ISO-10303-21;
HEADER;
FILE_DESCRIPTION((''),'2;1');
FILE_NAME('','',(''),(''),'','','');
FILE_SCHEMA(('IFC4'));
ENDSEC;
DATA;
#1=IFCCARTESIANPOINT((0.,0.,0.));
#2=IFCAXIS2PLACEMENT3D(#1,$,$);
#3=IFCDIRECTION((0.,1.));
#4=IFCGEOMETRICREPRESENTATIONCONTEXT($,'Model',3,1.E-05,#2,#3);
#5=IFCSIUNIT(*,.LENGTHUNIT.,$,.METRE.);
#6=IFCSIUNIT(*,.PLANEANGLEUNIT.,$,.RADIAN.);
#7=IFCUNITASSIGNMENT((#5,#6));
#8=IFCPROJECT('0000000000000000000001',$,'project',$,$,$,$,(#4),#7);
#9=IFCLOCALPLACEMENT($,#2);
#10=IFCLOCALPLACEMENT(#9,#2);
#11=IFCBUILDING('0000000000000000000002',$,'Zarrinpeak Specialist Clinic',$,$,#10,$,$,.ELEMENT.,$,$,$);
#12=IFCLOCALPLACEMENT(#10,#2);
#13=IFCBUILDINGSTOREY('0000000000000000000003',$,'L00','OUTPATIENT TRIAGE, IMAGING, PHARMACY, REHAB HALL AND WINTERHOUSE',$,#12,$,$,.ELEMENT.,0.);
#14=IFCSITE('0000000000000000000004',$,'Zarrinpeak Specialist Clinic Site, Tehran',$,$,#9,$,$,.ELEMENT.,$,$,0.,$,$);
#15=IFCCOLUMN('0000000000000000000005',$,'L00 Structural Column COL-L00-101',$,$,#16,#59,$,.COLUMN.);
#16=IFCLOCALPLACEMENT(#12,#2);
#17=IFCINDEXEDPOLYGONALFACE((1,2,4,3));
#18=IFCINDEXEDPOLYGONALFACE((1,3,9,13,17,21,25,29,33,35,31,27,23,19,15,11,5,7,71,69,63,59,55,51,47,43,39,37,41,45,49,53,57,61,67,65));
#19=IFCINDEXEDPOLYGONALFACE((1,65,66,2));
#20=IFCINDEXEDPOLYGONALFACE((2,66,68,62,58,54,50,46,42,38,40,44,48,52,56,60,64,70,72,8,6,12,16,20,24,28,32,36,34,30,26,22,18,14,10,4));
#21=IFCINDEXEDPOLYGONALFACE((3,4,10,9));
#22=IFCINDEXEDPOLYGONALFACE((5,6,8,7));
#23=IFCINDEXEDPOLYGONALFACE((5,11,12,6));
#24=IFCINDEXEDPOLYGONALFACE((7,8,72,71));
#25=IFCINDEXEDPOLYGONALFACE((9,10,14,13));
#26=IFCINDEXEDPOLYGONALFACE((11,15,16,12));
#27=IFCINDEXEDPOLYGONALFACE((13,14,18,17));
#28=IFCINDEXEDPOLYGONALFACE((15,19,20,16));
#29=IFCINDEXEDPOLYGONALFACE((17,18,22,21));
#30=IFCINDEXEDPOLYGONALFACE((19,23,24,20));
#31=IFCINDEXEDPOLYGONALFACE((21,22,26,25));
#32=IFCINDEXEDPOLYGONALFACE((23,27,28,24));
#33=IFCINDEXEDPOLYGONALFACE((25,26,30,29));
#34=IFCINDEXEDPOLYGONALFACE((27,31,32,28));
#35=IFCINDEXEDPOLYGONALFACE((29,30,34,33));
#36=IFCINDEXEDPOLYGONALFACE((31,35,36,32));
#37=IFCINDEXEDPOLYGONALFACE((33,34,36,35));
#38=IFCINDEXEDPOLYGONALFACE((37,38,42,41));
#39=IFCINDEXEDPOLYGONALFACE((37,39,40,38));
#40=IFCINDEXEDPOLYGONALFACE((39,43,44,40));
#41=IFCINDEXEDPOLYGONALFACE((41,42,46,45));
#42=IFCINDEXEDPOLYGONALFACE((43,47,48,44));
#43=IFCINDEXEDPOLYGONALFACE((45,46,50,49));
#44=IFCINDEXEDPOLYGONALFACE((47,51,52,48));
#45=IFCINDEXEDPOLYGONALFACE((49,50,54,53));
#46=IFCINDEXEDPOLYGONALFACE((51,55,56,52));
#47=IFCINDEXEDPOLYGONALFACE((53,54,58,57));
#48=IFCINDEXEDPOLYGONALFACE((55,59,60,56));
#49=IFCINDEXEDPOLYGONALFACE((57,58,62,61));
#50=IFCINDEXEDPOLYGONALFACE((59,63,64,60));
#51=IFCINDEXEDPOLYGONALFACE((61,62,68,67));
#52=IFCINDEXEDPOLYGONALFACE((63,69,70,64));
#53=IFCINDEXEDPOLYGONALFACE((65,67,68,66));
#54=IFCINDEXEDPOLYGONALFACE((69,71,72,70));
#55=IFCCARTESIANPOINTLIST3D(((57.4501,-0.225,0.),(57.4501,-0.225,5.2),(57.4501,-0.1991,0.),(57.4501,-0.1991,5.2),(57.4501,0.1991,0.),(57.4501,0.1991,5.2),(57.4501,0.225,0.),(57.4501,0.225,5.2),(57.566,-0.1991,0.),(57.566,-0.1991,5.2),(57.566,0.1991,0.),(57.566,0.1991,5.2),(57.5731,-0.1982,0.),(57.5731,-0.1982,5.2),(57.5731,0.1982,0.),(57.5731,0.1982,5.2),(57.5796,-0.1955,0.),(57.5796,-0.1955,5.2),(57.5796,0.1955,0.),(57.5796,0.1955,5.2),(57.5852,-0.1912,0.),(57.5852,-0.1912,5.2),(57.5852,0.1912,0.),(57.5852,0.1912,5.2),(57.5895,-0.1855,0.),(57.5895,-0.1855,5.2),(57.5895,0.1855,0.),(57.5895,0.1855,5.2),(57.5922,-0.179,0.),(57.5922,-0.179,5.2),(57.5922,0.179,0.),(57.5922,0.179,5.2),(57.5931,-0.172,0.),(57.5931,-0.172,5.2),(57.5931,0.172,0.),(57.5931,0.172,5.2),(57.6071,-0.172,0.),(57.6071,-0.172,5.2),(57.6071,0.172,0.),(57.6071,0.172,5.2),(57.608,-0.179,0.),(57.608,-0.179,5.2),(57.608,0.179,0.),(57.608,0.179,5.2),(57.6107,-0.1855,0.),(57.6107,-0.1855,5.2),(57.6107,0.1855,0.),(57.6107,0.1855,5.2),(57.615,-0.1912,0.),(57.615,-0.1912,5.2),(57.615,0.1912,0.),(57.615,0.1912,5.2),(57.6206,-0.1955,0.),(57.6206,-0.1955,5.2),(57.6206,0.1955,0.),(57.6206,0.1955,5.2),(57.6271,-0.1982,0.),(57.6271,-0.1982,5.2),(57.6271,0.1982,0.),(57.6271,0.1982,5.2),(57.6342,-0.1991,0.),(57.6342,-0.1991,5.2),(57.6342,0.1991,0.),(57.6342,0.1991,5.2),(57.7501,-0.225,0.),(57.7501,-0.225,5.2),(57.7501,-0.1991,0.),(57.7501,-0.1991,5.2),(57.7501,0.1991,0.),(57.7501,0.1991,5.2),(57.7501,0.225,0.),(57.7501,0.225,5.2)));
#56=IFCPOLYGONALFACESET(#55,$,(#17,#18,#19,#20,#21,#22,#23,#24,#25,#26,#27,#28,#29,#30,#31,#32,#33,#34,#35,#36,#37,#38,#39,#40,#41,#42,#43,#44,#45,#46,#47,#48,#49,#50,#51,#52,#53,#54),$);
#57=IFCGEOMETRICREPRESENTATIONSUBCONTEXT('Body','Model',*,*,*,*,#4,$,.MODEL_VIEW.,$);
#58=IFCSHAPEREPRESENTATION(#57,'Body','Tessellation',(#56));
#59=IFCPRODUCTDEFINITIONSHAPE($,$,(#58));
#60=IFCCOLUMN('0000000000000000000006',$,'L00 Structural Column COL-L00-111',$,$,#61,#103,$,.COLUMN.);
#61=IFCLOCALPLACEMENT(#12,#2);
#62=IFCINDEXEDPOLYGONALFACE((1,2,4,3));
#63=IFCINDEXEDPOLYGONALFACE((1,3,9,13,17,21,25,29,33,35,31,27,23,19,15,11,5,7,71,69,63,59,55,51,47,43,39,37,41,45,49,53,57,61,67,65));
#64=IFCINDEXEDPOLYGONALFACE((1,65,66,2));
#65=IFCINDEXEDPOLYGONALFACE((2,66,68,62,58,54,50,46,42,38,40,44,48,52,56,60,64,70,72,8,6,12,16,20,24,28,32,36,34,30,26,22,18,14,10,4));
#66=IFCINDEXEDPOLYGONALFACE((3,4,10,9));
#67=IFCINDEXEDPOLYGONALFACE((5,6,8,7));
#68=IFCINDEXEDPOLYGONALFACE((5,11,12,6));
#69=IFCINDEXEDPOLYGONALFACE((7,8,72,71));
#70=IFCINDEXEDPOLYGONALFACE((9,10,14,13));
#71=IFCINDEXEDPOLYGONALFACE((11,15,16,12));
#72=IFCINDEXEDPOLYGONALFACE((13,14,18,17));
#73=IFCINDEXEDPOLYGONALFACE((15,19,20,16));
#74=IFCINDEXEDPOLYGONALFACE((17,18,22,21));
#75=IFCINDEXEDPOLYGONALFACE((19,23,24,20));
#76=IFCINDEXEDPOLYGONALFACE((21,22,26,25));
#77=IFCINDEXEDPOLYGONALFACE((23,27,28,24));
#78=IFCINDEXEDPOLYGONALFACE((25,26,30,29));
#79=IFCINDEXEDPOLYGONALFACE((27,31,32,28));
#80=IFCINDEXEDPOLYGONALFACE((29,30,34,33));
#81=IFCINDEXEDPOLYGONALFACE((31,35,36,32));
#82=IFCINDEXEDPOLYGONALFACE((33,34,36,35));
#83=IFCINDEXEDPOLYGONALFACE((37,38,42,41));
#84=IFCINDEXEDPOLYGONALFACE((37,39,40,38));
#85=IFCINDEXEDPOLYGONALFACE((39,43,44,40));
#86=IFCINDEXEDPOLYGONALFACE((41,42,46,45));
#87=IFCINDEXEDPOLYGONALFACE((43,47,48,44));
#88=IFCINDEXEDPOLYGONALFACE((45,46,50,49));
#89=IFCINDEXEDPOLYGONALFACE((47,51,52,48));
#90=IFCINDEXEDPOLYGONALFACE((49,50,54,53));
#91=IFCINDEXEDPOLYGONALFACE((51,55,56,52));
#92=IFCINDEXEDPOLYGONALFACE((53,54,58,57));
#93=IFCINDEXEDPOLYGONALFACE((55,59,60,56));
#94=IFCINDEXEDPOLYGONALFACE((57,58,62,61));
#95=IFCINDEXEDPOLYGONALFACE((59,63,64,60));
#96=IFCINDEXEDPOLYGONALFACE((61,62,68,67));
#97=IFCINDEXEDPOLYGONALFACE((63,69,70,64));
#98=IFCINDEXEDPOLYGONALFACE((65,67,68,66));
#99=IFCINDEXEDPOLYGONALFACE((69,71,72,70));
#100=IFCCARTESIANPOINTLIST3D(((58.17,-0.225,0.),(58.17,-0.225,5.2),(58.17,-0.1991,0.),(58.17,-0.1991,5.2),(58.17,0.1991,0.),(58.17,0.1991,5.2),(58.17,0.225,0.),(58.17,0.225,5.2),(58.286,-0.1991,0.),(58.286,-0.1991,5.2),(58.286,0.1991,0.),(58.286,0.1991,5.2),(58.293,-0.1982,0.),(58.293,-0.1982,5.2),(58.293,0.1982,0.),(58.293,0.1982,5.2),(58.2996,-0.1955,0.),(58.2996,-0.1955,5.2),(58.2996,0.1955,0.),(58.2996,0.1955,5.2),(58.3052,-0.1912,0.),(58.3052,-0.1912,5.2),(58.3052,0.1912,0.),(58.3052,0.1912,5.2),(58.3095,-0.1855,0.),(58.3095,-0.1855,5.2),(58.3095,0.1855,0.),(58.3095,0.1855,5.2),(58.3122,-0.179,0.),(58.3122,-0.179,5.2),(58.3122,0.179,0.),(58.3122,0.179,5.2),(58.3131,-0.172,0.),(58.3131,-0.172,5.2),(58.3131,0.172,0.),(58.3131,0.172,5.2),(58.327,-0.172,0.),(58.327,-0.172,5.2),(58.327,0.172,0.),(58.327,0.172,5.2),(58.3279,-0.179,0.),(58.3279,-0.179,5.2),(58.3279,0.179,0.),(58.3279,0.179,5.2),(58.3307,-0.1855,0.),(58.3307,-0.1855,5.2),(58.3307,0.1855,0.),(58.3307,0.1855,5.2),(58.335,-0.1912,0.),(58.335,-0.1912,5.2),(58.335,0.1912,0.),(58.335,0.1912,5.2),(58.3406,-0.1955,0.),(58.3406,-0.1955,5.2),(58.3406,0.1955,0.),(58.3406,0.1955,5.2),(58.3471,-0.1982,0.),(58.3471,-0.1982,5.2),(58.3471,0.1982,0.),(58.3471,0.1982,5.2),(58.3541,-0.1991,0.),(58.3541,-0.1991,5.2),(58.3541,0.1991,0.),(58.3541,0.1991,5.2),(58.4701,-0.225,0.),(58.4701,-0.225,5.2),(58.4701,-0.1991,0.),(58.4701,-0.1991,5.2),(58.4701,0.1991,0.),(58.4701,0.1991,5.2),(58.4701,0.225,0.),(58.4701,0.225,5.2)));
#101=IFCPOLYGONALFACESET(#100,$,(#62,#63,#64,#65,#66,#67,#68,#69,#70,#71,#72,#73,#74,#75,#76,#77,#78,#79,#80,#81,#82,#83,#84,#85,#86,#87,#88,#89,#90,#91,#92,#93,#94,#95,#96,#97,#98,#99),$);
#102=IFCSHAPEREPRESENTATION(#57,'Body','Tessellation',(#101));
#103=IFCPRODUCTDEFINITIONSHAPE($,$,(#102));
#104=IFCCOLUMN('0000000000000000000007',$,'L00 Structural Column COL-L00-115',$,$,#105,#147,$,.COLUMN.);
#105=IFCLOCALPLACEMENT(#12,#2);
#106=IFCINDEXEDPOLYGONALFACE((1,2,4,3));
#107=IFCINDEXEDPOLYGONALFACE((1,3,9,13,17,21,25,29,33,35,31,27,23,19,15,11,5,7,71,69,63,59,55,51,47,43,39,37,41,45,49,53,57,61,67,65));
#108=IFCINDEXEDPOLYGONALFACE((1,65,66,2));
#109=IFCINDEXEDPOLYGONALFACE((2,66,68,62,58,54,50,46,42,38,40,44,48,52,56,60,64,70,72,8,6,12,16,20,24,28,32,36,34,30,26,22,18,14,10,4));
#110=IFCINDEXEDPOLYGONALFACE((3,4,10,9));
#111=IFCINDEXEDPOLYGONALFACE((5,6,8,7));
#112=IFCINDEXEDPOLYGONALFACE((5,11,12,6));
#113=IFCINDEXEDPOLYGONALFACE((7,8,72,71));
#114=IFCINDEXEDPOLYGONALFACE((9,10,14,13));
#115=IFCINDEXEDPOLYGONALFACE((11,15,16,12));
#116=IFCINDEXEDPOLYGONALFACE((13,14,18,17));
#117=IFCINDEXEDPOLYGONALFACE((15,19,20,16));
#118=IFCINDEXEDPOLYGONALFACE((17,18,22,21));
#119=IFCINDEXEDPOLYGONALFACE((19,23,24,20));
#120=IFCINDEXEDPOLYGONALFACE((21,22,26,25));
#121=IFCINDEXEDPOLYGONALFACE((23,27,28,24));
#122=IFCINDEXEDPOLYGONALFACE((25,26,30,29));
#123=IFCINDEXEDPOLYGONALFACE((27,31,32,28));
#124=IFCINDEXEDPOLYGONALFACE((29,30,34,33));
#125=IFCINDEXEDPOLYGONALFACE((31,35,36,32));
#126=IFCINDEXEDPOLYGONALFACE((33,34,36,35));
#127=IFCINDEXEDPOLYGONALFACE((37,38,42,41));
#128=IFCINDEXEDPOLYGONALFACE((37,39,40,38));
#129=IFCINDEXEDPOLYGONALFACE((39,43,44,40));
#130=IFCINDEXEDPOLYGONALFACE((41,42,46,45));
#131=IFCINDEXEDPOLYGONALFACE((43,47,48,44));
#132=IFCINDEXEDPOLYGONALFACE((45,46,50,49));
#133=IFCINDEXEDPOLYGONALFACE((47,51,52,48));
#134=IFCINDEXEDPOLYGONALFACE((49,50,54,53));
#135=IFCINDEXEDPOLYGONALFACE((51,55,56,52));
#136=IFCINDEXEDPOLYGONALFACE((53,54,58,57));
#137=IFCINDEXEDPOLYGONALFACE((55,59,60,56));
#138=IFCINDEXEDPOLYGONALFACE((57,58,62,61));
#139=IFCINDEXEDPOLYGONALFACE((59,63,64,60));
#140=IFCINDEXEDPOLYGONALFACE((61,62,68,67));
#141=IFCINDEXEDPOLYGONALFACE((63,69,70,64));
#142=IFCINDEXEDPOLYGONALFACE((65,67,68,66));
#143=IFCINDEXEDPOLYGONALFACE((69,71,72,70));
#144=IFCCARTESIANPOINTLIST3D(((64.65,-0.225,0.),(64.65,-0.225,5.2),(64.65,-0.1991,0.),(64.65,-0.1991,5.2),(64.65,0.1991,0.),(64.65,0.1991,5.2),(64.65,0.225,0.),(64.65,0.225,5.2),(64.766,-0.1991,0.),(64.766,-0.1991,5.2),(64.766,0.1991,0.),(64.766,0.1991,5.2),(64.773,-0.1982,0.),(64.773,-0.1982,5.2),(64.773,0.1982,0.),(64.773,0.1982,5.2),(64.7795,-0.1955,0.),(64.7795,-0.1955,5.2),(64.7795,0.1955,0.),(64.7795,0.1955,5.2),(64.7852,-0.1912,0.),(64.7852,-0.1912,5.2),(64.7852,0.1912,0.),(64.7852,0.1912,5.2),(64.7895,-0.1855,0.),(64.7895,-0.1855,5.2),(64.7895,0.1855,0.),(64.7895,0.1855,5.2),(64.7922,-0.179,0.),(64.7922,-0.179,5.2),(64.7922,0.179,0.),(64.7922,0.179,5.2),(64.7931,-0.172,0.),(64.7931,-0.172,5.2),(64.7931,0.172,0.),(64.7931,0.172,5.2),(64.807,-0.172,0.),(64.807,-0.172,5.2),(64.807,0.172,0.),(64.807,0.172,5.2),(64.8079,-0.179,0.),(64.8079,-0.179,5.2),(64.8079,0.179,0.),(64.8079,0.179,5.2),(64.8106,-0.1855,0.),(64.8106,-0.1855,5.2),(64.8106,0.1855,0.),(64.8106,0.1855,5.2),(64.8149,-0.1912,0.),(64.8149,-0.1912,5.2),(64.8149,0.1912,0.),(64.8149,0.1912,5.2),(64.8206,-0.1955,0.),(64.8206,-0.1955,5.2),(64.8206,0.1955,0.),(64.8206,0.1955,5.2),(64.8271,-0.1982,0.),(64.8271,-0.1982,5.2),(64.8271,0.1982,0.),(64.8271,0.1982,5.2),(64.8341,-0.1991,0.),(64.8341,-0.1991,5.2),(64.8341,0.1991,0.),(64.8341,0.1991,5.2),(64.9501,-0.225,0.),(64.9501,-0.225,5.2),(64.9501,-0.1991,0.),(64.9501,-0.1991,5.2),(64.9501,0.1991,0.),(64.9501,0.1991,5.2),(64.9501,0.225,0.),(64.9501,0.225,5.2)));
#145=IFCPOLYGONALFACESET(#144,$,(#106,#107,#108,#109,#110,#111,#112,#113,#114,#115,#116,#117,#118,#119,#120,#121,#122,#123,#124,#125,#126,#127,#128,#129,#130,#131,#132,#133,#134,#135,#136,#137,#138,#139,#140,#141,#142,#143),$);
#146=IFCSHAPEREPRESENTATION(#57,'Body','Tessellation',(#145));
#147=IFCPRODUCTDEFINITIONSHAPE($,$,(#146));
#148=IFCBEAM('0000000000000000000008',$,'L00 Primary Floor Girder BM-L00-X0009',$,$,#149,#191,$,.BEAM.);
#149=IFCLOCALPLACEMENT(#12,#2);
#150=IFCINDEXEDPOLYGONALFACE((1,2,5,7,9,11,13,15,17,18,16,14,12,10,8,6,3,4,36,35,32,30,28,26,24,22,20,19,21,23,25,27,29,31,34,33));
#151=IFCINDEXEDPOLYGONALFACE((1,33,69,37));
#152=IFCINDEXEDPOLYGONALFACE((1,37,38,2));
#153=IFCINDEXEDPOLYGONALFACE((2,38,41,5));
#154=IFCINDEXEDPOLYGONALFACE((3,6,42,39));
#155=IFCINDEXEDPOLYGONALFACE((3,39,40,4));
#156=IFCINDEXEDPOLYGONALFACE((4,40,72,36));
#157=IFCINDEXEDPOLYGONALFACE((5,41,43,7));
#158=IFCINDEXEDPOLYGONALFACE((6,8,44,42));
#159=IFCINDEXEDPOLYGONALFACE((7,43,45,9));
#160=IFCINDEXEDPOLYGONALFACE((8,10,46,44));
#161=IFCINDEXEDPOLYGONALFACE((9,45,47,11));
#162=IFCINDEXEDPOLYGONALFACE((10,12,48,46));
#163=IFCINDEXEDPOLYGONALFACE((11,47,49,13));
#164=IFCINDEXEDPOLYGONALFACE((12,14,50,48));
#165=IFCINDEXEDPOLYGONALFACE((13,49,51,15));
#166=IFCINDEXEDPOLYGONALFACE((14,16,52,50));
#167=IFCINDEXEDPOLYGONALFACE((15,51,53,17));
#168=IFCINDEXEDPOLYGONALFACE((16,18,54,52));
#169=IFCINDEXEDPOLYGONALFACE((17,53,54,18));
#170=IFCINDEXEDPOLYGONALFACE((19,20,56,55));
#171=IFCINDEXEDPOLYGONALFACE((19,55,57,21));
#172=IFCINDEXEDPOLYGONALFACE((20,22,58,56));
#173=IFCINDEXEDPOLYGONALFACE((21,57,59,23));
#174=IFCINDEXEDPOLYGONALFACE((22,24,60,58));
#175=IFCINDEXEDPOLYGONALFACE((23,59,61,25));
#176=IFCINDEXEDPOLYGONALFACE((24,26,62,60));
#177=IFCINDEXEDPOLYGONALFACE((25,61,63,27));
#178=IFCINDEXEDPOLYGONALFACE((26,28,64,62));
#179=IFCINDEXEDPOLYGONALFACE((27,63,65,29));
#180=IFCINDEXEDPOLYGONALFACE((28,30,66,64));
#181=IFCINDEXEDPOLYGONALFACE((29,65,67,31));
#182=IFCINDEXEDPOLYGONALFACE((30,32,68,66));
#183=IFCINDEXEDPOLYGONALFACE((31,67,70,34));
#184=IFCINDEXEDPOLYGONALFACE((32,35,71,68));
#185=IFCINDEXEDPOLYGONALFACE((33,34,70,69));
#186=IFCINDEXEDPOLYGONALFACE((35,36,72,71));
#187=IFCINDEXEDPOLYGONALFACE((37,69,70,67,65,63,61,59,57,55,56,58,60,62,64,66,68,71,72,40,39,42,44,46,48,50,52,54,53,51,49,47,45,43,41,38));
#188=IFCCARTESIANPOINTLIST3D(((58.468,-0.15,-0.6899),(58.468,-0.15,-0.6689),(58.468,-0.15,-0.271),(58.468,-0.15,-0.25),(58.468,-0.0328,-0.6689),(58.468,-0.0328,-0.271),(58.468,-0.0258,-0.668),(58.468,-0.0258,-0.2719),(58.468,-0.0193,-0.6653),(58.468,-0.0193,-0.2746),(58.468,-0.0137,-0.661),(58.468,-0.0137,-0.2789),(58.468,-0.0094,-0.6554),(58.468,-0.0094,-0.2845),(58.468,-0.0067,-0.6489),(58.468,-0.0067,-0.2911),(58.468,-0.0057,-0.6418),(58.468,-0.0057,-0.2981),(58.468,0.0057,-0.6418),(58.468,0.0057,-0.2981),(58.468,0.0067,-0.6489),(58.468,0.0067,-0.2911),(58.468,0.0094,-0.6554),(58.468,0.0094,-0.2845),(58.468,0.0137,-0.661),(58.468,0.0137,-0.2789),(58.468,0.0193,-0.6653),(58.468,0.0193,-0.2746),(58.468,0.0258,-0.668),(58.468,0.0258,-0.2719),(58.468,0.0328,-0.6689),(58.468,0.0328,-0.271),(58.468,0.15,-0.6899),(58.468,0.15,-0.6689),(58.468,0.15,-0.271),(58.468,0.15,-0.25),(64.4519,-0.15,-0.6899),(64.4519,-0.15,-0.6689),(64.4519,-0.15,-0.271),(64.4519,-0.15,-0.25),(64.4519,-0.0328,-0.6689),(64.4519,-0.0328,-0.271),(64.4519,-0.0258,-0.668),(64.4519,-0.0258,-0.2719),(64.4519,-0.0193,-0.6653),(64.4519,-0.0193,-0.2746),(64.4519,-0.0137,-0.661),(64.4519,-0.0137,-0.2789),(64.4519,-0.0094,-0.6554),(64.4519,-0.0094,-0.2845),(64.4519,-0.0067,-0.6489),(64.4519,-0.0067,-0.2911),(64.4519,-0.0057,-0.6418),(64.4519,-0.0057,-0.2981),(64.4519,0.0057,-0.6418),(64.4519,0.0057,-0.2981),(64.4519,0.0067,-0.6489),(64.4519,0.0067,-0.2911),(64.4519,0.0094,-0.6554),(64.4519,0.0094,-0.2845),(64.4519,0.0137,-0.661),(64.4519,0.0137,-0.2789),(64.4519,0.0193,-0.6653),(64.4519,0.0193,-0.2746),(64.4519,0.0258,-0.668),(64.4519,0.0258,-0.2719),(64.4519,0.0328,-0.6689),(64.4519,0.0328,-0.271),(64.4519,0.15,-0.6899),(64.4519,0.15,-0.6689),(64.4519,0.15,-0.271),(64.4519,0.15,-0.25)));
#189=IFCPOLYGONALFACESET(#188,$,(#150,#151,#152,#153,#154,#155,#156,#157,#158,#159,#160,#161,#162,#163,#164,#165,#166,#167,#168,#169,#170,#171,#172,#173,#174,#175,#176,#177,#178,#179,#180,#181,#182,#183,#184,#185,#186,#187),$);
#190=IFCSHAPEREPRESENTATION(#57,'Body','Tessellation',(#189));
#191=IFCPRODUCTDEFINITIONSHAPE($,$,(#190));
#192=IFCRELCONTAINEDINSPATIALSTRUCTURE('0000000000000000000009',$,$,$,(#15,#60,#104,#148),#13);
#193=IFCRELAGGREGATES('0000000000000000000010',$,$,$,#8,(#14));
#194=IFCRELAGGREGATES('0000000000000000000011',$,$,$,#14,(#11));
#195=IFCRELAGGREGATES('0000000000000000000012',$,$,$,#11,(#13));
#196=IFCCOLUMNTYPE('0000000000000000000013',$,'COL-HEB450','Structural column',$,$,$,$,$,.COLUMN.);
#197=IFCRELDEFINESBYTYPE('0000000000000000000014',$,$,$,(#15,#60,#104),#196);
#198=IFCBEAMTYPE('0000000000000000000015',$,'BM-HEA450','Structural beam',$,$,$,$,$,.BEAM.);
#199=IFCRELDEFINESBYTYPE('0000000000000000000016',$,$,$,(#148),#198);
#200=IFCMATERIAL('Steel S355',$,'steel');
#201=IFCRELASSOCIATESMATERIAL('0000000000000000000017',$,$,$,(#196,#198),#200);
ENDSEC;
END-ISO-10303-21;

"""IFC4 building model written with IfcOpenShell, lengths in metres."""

from ifc_helpers import new_model, si_unit, direction, frame, origin, origin_2d, place, context, subcontext, project, spatial, i_section, extrude, material, material_profile, profile_set, type_object, element, save


model = new_model("IFC4")

# Units and contexts
model_context = context("Model", 3, precision=1e-05, world=origin(), true_north=direction((0.0, 1.0)))
body_context = subcontext(model_context, "Body", "Model", "MODEL_VIEW")
ifc_project = project(units=[si_unit("LENGTHUNIT", "METRE"), si_unit("PLANEANGLEUNIT", "RADIAN")], contexts=[model_context])

# Site, building, storey
site_placement = place(None, origin())
site = spatial("IfcSite", under=ifc_project, at=site_placement, Name="Zarrinpeak Specialist Clinic Site, Tehran", CompositionType="ELEMENT", RefElevation=0.0)
building_placement = place(site_placement, origin())
building = spatial("IfcBuilding", under=site, at=building_placement, Name="Zarrinpeak Specialist Clinic", CompositionType="ELEMENT")
storey_placement = place(building_placement, origin())
storey = spatial("IfcBuildingStorey", under=building, at=storey_placement, Name="L00", Description="OUTPATIENT TRIAGE, IMAGING, PHARMACY, REHAB HALL AND WINTERHOUSE", CompositionType="ELEMENT", Elevation=0.0)

# Columns
ifc_material_1 = material(Name="Steel S355", Category="steel")
ifc_material_profile_1 = material_profile(ifc_material_1, i_section(OverallWidth=0.3, OverallDepth=0.45, WebThickness=0.0139, FlangeThickness=0.0259, FilletRadius=0.0271, at=origin_2d()), Name="HEB 450")
ifc_profile_set_1 = profile_set([ifc_material_profile_1], Name="Steel S355")
column_type = type_object("IfcColumnType", Name="COL-HEB450", Description="Structural column", PredefinedType="COLUMN", material=ifc_profile_set_1)
for number, where, z_axis, x_axis, name in (
    (1, (57.6001, 0.0, 0.0), (0.0, 0.0, 1.0), (1.0, 0.0, 0.0), "L00 Structural Column COL-L00-101"),
    (2, (58.3201, 0.0, 0.0), (0.0, 0.0, 1.0), (1.0, 0.0, 0.0), "L00 Structural Column COL-L00-111"),
    (3, (64.8, 0.0, 0.0), (0.0, 0.0, 1.0), (1.0, 0.0, 0.0), "L00 Structural Column COL-L00-115"),
):
    element("IfcColumn", number, at=place(storey_placement, frame(where, z_axis=z_axis, x_axis=x_axis)), inside=storey, type_object=column_type, Name=name, PredefinedType="COLUMN", context=body_context, shape_type="SweptSolid", body=[
        extrude(i_section(OverallWidth=0.3, OverallDepth=0.45, WebThickness=0.0139, FlangeThickness=0.0259, FilletRadius=0.0271, at=origin_2d()), origin(), (0.0, 0.0, 1.0), 5.2),
    ])

# Beam
ifc_material_profile_2 = material_profile(ifc_material_1, i_section(OverallWidth=0.3, OverallDepth=0.4399, WebThickness=0.0115, FlangeThickness=0.021, FilletRadius=0.0271, at=origin_2d()), Name="HEA 450")
ifc_profile_set_2 = profile_set([ifc_material_profile_2], Name="Steel S355")
beam_type = type_object("IfcBeamType", Name="BM-HEA450", Description="Structural beam", PredefinedType="BEAM", material=ifc_profile_set_2)
beam_1_placement = place(storey_placement, frame((58.468, 0.0, -0.47), z_axis=(1.0, 0.0, 0.0), x_axis=(0.0, 1.0, 0.0)))
element("IfcBeam", 4, at=beam_1_placement, inside=storey, type_object=beam_type, Name="L00 Primary Floor Girder BM-L00-X0009", PredefinedType="BEAM", context=body_context, shape_type="SweptSolid", body=[
    extrude(i_section(OverallWidth=0.3, OverallDepth=0.4399, WebThickness=0.0115, FlangeThickness=0.021, FilletRadius=0.0271, at=origin_2d()), origin(), (0.0, 0.0, 1.0), 5.9839),
])

save(model, "model.ifc")
